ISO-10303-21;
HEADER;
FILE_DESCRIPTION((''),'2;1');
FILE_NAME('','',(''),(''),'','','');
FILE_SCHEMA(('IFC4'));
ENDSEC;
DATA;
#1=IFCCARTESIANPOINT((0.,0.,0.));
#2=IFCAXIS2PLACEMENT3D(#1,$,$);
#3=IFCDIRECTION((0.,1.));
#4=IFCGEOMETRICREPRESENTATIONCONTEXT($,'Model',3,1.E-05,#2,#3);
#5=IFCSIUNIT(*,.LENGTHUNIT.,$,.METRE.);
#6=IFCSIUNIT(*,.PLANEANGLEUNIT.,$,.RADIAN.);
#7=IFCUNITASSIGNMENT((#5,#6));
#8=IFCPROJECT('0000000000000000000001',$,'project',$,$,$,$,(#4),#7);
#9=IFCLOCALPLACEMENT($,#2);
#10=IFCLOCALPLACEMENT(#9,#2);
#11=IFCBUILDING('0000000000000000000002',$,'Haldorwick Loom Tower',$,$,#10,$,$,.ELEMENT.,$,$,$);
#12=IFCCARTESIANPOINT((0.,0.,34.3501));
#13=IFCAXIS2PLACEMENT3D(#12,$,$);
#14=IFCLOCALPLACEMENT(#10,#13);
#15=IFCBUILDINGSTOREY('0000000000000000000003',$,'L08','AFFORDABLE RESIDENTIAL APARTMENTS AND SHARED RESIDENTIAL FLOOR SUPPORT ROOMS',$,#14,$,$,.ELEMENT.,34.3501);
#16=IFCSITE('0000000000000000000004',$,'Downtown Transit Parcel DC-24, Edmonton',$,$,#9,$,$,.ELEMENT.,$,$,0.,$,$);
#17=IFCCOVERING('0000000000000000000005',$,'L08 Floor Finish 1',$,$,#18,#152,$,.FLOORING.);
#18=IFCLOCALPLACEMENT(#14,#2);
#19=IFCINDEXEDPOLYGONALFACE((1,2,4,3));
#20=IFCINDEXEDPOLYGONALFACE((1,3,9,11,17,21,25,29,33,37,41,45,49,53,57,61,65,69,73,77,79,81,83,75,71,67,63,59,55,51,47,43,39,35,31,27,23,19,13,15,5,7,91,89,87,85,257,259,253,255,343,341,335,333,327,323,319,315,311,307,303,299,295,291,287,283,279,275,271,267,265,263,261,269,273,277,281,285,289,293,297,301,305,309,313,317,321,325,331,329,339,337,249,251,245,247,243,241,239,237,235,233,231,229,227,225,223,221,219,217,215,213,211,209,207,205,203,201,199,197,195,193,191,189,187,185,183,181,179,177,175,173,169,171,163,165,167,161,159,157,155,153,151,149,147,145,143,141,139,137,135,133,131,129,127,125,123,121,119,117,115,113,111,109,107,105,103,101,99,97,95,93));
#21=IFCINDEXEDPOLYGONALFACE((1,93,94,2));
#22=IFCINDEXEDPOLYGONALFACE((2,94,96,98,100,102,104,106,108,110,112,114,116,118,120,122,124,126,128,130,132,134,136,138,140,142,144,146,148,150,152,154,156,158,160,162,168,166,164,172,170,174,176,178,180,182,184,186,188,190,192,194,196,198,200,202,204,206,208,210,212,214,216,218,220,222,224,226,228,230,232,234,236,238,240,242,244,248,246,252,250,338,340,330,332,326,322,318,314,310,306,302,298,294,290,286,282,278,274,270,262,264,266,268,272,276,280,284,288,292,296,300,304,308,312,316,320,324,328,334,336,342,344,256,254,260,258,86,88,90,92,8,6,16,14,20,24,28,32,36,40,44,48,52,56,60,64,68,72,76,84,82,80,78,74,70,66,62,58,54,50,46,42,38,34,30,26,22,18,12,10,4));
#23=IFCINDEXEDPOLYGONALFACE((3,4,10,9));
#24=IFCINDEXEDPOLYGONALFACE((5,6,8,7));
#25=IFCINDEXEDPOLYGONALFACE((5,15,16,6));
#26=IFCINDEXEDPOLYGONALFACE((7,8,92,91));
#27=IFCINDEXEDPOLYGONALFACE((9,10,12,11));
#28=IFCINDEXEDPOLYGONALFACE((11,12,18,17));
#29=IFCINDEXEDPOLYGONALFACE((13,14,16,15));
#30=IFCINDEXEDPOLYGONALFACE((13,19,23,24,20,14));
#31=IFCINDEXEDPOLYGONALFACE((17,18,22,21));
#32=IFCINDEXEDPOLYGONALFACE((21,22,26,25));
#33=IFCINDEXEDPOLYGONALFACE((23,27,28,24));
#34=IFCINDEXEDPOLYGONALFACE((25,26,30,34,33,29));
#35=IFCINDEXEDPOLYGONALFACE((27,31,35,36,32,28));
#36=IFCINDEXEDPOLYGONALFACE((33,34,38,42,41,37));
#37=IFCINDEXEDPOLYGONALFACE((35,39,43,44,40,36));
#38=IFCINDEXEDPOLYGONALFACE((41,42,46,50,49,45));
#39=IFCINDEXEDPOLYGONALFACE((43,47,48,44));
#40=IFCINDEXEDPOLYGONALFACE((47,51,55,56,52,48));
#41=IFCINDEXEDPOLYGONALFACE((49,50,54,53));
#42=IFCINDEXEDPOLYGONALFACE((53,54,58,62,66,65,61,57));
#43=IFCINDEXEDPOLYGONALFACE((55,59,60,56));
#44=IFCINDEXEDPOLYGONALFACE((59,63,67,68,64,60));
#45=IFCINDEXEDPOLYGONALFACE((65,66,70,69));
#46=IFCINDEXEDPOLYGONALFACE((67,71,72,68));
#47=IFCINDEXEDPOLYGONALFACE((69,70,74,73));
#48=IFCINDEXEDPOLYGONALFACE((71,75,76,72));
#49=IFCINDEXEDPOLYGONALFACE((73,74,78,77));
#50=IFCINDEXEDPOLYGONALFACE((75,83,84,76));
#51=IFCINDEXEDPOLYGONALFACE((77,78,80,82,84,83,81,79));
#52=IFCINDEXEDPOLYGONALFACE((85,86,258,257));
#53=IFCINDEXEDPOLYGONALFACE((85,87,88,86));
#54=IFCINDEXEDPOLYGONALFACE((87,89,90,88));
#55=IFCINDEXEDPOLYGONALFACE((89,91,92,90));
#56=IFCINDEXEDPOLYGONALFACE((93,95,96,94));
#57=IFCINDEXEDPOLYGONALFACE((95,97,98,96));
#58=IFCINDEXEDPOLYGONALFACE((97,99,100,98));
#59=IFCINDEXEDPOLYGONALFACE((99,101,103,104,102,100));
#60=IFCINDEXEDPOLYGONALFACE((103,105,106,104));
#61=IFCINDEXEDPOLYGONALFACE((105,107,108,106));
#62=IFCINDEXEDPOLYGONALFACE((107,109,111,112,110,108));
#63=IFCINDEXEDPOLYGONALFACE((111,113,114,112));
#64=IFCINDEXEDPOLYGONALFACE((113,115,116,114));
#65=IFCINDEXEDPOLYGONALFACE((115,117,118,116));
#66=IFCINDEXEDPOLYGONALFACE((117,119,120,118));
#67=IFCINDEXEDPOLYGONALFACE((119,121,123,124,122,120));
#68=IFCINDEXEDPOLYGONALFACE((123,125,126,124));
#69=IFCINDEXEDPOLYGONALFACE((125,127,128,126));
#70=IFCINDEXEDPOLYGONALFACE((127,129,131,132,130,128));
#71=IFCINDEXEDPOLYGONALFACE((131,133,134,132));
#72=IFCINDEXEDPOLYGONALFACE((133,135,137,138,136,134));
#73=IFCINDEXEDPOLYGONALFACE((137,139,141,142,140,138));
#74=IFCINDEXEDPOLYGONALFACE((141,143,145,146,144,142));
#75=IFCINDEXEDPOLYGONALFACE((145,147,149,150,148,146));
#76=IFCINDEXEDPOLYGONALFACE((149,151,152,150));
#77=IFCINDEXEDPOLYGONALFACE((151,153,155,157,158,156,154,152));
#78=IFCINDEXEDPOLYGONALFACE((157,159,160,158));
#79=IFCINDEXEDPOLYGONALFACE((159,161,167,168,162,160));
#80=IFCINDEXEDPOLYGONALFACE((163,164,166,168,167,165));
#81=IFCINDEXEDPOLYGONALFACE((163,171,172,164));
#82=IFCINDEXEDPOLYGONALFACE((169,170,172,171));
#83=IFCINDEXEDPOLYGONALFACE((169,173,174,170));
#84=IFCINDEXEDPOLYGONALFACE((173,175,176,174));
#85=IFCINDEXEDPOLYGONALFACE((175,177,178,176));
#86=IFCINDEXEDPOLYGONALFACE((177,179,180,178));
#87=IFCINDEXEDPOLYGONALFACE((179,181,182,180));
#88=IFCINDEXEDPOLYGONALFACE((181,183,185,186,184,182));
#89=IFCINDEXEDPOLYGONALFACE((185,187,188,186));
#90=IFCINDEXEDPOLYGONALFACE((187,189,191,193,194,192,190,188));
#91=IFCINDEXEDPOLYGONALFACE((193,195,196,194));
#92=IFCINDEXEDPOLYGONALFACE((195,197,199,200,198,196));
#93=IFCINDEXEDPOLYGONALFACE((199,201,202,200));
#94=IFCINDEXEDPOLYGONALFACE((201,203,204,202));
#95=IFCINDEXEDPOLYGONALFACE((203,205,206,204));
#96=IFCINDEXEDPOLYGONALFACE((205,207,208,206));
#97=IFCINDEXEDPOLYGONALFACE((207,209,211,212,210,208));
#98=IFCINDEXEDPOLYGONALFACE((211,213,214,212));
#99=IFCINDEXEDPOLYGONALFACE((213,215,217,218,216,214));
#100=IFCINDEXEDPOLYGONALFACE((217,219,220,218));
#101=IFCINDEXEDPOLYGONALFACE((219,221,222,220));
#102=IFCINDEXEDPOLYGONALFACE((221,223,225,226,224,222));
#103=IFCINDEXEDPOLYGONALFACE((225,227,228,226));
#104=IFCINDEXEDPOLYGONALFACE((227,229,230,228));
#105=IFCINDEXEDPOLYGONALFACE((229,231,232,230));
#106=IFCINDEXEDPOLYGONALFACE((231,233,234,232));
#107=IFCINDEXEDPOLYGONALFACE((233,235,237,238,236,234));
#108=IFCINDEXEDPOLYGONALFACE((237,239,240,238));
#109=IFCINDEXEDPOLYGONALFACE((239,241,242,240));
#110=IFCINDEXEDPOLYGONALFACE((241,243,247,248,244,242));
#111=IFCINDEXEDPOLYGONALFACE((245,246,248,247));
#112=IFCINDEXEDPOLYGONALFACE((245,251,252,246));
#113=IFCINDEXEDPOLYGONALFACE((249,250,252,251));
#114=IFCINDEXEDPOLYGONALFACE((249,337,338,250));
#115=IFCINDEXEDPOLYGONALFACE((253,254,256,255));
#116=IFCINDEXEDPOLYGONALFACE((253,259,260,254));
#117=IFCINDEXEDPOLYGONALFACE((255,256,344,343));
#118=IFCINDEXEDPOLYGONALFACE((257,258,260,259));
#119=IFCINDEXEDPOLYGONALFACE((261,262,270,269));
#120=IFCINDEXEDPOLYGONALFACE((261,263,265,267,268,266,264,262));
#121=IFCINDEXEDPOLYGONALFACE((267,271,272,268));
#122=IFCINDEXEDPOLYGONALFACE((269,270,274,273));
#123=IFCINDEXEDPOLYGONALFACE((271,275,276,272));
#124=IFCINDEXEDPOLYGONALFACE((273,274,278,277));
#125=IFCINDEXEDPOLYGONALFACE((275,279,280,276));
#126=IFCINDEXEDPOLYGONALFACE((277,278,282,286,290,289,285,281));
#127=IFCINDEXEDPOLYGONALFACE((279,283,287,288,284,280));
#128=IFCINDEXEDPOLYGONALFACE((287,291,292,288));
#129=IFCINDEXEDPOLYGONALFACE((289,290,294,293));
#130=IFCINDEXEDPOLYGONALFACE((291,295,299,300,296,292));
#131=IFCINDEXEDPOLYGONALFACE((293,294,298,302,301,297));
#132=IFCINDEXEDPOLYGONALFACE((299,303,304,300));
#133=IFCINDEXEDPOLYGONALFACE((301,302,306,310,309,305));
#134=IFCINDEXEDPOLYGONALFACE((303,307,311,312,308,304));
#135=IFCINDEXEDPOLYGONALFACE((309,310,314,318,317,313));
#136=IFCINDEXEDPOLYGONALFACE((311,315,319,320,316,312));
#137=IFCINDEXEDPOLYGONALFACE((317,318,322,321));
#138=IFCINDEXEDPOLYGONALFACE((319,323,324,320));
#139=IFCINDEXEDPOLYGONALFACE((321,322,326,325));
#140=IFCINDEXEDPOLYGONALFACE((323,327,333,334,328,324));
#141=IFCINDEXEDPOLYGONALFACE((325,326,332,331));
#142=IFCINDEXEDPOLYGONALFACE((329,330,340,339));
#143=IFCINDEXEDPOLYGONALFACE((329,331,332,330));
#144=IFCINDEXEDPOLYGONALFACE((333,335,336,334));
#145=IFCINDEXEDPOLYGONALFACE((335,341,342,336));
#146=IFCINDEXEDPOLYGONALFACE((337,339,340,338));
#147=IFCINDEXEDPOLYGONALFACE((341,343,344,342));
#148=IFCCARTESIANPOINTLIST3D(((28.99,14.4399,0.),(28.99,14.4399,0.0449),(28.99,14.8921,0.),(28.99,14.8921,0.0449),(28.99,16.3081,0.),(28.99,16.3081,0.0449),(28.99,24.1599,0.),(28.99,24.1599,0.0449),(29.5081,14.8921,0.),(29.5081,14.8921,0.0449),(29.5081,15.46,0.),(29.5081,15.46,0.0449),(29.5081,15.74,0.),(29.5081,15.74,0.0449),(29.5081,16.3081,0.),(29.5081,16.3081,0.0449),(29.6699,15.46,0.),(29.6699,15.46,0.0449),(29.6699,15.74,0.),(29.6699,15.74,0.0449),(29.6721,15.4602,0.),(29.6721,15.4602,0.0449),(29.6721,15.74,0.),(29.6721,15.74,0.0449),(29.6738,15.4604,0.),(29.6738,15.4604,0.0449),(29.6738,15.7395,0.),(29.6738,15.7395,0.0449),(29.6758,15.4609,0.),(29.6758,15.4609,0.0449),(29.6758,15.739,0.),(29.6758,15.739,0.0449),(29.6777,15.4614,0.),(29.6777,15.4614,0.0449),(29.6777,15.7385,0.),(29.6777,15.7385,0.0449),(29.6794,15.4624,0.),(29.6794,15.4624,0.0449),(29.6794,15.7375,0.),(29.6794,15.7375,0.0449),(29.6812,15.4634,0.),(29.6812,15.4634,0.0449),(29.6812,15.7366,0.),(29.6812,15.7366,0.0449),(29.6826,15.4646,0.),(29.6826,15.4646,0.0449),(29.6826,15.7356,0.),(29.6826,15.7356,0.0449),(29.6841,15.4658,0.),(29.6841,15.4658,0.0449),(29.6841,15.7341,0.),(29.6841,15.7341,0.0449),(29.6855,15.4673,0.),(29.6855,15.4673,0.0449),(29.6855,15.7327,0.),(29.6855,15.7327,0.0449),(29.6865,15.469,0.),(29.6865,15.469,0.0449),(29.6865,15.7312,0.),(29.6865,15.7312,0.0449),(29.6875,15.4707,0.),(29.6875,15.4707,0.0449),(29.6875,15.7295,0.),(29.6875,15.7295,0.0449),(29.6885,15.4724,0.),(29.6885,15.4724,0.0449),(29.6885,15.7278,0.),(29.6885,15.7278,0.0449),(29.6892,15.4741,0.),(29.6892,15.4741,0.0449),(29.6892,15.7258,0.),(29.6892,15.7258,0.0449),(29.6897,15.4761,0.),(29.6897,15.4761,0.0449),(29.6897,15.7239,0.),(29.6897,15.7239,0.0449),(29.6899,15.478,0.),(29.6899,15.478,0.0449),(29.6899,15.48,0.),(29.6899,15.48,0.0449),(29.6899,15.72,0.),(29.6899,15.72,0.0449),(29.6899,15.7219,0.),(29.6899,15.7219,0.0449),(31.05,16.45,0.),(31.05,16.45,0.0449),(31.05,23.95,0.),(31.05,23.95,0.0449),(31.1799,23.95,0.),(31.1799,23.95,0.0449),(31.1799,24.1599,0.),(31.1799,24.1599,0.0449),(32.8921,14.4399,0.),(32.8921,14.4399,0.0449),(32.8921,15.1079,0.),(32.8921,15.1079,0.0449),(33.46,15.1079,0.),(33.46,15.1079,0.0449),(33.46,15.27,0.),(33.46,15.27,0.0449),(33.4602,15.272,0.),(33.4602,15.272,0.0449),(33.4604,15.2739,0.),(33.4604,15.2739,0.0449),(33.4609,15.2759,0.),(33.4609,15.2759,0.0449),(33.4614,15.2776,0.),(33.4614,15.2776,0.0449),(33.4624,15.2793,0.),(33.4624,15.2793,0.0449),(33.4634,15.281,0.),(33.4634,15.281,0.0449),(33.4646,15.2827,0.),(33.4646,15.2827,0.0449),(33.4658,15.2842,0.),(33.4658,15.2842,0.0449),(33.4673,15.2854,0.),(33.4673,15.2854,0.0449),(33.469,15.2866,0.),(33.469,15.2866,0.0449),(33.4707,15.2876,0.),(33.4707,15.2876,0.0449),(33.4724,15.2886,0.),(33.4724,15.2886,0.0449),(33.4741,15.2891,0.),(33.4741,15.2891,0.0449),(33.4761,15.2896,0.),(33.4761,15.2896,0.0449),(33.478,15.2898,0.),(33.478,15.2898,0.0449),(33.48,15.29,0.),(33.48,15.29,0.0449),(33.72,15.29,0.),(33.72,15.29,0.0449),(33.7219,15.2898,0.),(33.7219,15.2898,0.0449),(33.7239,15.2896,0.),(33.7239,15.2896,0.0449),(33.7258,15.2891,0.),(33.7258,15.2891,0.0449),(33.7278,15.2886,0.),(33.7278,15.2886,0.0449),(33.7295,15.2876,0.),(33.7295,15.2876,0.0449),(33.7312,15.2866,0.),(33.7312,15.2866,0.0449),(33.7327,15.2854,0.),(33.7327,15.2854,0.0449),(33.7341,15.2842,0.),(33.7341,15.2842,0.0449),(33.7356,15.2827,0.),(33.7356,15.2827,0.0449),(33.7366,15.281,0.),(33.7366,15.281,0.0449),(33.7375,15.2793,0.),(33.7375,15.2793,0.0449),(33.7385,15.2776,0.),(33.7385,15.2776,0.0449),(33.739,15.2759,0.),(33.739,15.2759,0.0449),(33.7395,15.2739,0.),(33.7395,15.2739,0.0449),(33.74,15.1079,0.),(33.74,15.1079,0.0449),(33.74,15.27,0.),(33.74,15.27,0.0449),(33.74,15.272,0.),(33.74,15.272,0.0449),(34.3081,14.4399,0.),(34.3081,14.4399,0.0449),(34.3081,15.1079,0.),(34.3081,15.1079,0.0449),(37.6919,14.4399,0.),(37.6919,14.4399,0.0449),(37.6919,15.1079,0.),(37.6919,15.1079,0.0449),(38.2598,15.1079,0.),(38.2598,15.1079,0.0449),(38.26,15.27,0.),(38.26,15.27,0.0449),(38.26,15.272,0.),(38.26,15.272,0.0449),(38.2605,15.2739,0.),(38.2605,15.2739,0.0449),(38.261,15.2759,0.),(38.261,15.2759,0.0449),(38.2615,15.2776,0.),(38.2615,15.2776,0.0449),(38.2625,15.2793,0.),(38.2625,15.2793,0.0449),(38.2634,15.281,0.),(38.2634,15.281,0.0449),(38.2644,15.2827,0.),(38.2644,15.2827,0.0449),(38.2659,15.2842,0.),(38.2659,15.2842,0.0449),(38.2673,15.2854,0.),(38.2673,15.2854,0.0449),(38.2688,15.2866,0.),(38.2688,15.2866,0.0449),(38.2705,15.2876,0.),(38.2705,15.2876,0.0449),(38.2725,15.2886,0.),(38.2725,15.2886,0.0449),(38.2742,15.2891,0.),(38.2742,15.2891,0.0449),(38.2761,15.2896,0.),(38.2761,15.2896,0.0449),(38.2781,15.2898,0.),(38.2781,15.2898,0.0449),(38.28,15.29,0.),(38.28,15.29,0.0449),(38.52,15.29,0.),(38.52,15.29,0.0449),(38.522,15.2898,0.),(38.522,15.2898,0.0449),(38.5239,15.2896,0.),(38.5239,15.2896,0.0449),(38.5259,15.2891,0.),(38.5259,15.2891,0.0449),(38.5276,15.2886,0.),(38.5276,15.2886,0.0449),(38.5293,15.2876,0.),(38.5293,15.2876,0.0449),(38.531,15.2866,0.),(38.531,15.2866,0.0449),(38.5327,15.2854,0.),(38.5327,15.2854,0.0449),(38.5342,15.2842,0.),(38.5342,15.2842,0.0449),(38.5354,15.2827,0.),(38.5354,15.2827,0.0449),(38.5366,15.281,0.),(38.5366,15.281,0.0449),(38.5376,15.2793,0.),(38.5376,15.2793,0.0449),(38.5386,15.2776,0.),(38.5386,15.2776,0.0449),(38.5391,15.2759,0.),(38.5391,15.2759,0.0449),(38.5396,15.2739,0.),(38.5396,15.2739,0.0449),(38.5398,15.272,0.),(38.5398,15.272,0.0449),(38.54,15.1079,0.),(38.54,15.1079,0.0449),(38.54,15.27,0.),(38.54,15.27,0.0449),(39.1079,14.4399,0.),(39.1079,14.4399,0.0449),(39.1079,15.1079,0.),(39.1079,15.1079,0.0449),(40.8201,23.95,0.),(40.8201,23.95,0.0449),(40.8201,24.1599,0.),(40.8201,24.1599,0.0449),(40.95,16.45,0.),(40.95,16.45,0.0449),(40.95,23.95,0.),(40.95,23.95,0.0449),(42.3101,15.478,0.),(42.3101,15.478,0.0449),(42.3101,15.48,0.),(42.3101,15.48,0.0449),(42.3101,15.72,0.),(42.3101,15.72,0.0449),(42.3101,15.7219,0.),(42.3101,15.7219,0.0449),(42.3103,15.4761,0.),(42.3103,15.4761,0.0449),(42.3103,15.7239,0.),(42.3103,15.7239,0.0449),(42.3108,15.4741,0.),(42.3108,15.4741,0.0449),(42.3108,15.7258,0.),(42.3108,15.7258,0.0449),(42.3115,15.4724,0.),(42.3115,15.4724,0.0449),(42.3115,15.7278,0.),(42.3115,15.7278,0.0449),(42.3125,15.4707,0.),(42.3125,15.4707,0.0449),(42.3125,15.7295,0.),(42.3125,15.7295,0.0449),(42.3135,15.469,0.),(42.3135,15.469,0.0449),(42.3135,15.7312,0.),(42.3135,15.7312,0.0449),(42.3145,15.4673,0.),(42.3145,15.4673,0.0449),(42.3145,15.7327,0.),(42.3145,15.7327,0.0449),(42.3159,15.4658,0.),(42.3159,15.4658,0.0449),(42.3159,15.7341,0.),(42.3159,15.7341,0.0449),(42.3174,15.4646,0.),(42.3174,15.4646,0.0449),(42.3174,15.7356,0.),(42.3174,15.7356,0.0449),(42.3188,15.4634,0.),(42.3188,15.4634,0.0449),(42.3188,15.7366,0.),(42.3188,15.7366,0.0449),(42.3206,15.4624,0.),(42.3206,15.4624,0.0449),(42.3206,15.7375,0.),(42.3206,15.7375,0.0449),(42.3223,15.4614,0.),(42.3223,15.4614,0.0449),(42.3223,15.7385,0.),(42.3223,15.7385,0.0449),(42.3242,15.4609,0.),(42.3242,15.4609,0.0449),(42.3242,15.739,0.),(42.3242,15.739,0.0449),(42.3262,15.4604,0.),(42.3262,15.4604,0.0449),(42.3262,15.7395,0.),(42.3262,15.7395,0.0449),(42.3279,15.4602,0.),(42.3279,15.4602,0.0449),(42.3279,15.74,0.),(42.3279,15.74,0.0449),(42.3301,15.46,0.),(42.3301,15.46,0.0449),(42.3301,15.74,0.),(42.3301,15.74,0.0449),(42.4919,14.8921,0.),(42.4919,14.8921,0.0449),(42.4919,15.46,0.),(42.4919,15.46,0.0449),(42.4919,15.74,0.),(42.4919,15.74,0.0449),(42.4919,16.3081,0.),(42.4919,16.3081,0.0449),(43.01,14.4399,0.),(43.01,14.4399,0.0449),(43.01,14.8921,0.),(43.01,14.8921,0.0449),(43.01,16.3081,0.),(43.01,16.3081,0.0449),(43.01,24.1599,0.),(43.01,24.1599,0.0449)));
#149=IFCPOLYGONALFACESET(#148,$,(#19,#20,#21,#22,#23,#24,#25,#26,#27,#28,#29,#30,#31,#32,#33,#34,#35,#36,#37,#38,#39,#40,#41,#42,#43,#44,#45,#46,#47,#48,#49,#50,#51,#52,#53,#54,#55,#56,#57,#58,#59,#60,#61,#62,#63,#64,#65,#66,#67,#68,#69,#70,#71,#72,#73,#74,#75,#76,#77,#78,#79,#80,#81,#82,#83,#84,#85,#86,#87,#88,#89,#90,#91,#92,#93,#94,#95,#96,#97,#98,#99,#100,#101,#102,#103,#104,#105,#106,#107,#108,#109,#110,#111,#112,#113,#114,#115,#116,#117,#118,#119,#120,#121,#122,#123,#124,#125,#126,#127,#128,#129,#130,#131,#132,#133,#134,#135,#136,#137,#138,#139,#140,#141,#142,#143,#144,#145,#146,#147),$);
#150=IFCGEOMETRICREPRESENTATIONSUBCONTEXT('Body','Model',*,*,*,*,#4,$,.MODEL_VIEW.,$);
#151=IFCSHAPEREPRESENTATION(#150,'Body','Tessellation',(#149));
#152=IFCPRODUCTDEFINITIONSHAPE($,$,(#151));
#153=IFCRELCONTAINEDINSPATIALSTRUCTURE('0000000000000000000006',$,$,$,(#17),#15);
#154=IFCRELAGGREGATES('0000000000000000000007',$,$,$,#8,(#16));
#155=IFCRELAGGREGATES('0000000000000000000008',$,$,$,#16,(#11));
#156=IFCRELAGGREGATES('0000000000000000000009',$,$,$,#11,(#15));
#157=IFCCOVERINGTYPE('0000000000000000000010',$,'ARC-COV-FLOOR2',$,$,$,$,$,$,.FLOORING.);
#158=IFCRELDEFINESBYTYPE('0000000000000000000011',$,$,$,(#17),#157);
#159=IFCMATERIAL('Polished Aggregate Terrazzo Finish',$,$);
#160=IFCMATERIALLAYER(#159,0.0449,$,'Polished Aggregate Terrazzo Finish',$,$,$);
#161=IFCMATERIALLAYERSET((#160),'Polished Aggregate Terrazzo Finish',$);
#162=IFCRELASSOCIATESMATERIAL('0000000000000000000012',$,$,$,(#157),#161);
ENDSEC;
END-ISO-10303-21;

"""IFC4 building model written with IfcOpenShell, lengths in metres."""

from ifc_helpers import new_model, si_unit, direction, frame, origin, place, context, subcontext, project, spatial, polyline, outline, extrude, material, layer, layer_set, type_object, element, save


model = new_model("IFC4")

# Units and contexts
model_context = context("Model", 3, precision=1e-05, world=origin(), true_north=direction((0.0, 1.0)))
body_context = subcontext(model_context, "Body", "Model", "MODEL_VIEW")
ifc_project = project(units=[si_unit("LENGTHUNIT", "METRE"), si_unit("PLANEANGLEUNIT", "RADIAN")], contexts=[model_context])

# Site, building, storey
site_placement = place(None, origin())
site = spatial("IfcSite", under=ifc_project, at=site_placement, Name="Downtown Transit Parcel DC-24, Edmonton", CompositionType="ELEMENT", RefElevation=0.0)
building_placement = place(site_placement, origin())
building = spatial("IfcBuilding", under=site, at=building_placement, Name="Haldorwick Loom Tower", CompositionType="ELEMENT")
storey_placement = place(building_placement, frame((0.0, 0.0, 34.3501)))
storey = spatial("IfcBuildingStorey", under=building, at=storey_placement, Name="L08", Description="AFFORDABLE RESIDENTIAL APARTMENTS AND SHARED RESIDENTIAL FLOOR SUPPORT ROOMS", CompositionType="ELEMENT", Elevation=34.3501)

# Covering
ifc_material_1 = material(Name="Polished Aggregate Terrazzo Finish")
ifc_layer_1 = layer(ifc_material_1, 0.0449, Name="Polished Aggregate Terrazzo Finish")
ifc_layer_set_1 = layer_set([ifc_layer_1], Name="Polished Aggregate Terrazzo Finish")
covering_type_1 = type_object("IfcCoveringType", Name="ARC-COV-FLOOR2", PredefinedType="FLOORING", material=ifc_layer_set_1)
covering_1_placement = place(storey_placement, origin())
element("IfcCovering", 1, at=covering_1_placement, inside=storey, type_object=covering_type_1, Name="L08 Floor Finish 1", PredefinedType="FLOORING", context=body_context, shape_type="SweptSolid", body=[
    extrude(outline(polyline([(40.8201, 24.1599), (40.8201, 23.95), (40.95, 23.95), (40.95, 16.45), (31.05, 16.45), (31.05, 23.95), (31.1799, 23.95), (31.1799, 24.1599), (28.99, 24.1599), (28.99, 16.3081), (29.5081, 16.3081), (29.5081, 15.74), (29.6699, 15.74), (29.6721, 15.74), (29.6738, 15.7395), (29.6758, 15.739), (29.6777, 15.7385), (29.6794, 15.7375), (29.6812, 15.7366), (29.6826, 15.7356), (29.6841, 15.7341), (29.6855, 15.7327), (29.6865, 15.7312), (29.6875, 15.7295), (29.6885, 15.7278), (29.6892, 15.7258), (29.6897, 15.7239), (29.6899, 15.7219), (29.6899, 15.72), (29.6899, 15.48), (29.6899, 15.478), (29.6897, 15.4761), (29.6892, 15.4741), (29.6885, 15.4724), (29.6875, 15.4707), (29.6865, 15.469), (29.6855, 15.4673), (29.6841, 15.4658), (29.6826, 15.4646), (29.6812, 15.4634), (29.6794, 15.4624), (29.6777, 15.4614), (29.6758, 15.4609), (29.6738, 15.4604), (29.6721, 15.4602), (29.6699, 15.46), (29.5081, 15.46), (29.5081, 14.8921), (28.99, 14.8921), (28.99, 14.4399), (32.8921, 14.4399), (32.8921, 15.1079), (33.46, 15.1079), (33.46, 15.27), (33.4602, 15.272), (33.4604, 15.2739), (33.4609, 15.2759), (33.4614, 15.2776), (33.4624, 15.2793), (33.4634, 15.281), (33.4646, 15.2827), (33.4658, 15.2842), (33.4673, 15.2854), (33.469, 15.2866), (33.4707, 15.2876), (33.4724, 15.2886), (33.4741, 15.2891), (33.4761, 15.2896), (33.478, 15.2898), (33.48, 15.29), (33.72, 15.29), (33.7219, 15.2898), (33.7239, 15.2896), (33.7258, 15.2891), (33.7278, 15.2886), (33.7295, 15.2876), (33.7312, 15.2866), (33.7327, 15.2854), (33.7341, 15.2842), (33.7356, 15.2827), (33.7366, 15.281), (33.7375, 15.2793), (33.7385, 15.2776), (33.739, 15.2759), (33.7395, 15.2739), (33.74, 15.272), (33.74, 15.27), (33.74, 15.1079), (34.3081, 15.1079), (34.3081, 14.4399), (37.6919, 14.4399), (37.6919, 15.1079), (38.2598, 15.1079), (38.26, 15.27), (38.26, 15.272), (38.2605, 15.2739), (38.261, 15.2759), (38.2615, 15.2776), (38.2625, 15.2793), (38.2634, 15.281), (38.2644, 15.2827), (38.2659, 15.2842), (38.2673, 15.2854), (38.2688, 15.2866), (38.2705, 15.2876), (38.2725, 15.2886), (38.2742, 15.2891), (38.2761, 15.2896), (38.2781, 15.2898), (38.28, 15.29), (38.52, 15.29), (38.522, 15.2898), (38.5239, 15.2896), (38.5259, 15.2891), (38.5276, 15.2886), (38.5293, 15.2876), (38.531, 15.2866), (38.5327, 15.2854), (38.5342, 15.2842), (38.5354, 15.2827), (38.5366, 15.281), (38.5376, 15.2793), (38.5386, 15.2776), (38.5391, 15.2759), (38.5396, 15.2739), (38.5398, 15.272), (38.54, 15.27), (38.54, 15.1079), (39.1079, 15.1079), (39.1079, 14.4399), (43.01, 14.4399), (43.01, 14.8921), (42.4919, 14.8921), (42.4919, 15.46), (42.3301, 15.46), (42.3279, 15.4602), (42.3262, 15.4604), (42.3242, 15.4609), (42.3223, 15.4614), (42.3206, 15.4624), (42.3188, 15.4634), (42.3174, 15.4646), (42.3159, 15.4658), (42.3145, 15.4673), (42.3135, 15.469), (42.3125, 15.4707), (42.3115, 15.4724), (42.3108, 15.4741), (42.3103, 15.4761), (42.3101, 15.478), (42.3101, 15.48), (42.3101, 15.72), (42.3101, 15.7219), (42.3103, 15.7239), (42.3108, 15.7258), (42.3115, 15.7278), (42.3125, 15.7295), (42.3135, 15.7312), (42.3145, 15.7327), (42.3159, 15.7341), (42.3174, 15.7356), (42.3188, 15.7366), (42.3206, 15.7375), (42.3223, 15.7385), (42.3242, 15.739), (42.3262, 15.7395), (42.3279, 15.74), (42.3301, 15.74), (42.4919, 15.74), (42.4919, 16.3081), (43.01, 16.3081), (43.01, 24.1599), (40.8201, 24.1599)])), origin(), (0.0, 0.0, 1.0), 0.0449),
])

save(model, "model.ifc")
